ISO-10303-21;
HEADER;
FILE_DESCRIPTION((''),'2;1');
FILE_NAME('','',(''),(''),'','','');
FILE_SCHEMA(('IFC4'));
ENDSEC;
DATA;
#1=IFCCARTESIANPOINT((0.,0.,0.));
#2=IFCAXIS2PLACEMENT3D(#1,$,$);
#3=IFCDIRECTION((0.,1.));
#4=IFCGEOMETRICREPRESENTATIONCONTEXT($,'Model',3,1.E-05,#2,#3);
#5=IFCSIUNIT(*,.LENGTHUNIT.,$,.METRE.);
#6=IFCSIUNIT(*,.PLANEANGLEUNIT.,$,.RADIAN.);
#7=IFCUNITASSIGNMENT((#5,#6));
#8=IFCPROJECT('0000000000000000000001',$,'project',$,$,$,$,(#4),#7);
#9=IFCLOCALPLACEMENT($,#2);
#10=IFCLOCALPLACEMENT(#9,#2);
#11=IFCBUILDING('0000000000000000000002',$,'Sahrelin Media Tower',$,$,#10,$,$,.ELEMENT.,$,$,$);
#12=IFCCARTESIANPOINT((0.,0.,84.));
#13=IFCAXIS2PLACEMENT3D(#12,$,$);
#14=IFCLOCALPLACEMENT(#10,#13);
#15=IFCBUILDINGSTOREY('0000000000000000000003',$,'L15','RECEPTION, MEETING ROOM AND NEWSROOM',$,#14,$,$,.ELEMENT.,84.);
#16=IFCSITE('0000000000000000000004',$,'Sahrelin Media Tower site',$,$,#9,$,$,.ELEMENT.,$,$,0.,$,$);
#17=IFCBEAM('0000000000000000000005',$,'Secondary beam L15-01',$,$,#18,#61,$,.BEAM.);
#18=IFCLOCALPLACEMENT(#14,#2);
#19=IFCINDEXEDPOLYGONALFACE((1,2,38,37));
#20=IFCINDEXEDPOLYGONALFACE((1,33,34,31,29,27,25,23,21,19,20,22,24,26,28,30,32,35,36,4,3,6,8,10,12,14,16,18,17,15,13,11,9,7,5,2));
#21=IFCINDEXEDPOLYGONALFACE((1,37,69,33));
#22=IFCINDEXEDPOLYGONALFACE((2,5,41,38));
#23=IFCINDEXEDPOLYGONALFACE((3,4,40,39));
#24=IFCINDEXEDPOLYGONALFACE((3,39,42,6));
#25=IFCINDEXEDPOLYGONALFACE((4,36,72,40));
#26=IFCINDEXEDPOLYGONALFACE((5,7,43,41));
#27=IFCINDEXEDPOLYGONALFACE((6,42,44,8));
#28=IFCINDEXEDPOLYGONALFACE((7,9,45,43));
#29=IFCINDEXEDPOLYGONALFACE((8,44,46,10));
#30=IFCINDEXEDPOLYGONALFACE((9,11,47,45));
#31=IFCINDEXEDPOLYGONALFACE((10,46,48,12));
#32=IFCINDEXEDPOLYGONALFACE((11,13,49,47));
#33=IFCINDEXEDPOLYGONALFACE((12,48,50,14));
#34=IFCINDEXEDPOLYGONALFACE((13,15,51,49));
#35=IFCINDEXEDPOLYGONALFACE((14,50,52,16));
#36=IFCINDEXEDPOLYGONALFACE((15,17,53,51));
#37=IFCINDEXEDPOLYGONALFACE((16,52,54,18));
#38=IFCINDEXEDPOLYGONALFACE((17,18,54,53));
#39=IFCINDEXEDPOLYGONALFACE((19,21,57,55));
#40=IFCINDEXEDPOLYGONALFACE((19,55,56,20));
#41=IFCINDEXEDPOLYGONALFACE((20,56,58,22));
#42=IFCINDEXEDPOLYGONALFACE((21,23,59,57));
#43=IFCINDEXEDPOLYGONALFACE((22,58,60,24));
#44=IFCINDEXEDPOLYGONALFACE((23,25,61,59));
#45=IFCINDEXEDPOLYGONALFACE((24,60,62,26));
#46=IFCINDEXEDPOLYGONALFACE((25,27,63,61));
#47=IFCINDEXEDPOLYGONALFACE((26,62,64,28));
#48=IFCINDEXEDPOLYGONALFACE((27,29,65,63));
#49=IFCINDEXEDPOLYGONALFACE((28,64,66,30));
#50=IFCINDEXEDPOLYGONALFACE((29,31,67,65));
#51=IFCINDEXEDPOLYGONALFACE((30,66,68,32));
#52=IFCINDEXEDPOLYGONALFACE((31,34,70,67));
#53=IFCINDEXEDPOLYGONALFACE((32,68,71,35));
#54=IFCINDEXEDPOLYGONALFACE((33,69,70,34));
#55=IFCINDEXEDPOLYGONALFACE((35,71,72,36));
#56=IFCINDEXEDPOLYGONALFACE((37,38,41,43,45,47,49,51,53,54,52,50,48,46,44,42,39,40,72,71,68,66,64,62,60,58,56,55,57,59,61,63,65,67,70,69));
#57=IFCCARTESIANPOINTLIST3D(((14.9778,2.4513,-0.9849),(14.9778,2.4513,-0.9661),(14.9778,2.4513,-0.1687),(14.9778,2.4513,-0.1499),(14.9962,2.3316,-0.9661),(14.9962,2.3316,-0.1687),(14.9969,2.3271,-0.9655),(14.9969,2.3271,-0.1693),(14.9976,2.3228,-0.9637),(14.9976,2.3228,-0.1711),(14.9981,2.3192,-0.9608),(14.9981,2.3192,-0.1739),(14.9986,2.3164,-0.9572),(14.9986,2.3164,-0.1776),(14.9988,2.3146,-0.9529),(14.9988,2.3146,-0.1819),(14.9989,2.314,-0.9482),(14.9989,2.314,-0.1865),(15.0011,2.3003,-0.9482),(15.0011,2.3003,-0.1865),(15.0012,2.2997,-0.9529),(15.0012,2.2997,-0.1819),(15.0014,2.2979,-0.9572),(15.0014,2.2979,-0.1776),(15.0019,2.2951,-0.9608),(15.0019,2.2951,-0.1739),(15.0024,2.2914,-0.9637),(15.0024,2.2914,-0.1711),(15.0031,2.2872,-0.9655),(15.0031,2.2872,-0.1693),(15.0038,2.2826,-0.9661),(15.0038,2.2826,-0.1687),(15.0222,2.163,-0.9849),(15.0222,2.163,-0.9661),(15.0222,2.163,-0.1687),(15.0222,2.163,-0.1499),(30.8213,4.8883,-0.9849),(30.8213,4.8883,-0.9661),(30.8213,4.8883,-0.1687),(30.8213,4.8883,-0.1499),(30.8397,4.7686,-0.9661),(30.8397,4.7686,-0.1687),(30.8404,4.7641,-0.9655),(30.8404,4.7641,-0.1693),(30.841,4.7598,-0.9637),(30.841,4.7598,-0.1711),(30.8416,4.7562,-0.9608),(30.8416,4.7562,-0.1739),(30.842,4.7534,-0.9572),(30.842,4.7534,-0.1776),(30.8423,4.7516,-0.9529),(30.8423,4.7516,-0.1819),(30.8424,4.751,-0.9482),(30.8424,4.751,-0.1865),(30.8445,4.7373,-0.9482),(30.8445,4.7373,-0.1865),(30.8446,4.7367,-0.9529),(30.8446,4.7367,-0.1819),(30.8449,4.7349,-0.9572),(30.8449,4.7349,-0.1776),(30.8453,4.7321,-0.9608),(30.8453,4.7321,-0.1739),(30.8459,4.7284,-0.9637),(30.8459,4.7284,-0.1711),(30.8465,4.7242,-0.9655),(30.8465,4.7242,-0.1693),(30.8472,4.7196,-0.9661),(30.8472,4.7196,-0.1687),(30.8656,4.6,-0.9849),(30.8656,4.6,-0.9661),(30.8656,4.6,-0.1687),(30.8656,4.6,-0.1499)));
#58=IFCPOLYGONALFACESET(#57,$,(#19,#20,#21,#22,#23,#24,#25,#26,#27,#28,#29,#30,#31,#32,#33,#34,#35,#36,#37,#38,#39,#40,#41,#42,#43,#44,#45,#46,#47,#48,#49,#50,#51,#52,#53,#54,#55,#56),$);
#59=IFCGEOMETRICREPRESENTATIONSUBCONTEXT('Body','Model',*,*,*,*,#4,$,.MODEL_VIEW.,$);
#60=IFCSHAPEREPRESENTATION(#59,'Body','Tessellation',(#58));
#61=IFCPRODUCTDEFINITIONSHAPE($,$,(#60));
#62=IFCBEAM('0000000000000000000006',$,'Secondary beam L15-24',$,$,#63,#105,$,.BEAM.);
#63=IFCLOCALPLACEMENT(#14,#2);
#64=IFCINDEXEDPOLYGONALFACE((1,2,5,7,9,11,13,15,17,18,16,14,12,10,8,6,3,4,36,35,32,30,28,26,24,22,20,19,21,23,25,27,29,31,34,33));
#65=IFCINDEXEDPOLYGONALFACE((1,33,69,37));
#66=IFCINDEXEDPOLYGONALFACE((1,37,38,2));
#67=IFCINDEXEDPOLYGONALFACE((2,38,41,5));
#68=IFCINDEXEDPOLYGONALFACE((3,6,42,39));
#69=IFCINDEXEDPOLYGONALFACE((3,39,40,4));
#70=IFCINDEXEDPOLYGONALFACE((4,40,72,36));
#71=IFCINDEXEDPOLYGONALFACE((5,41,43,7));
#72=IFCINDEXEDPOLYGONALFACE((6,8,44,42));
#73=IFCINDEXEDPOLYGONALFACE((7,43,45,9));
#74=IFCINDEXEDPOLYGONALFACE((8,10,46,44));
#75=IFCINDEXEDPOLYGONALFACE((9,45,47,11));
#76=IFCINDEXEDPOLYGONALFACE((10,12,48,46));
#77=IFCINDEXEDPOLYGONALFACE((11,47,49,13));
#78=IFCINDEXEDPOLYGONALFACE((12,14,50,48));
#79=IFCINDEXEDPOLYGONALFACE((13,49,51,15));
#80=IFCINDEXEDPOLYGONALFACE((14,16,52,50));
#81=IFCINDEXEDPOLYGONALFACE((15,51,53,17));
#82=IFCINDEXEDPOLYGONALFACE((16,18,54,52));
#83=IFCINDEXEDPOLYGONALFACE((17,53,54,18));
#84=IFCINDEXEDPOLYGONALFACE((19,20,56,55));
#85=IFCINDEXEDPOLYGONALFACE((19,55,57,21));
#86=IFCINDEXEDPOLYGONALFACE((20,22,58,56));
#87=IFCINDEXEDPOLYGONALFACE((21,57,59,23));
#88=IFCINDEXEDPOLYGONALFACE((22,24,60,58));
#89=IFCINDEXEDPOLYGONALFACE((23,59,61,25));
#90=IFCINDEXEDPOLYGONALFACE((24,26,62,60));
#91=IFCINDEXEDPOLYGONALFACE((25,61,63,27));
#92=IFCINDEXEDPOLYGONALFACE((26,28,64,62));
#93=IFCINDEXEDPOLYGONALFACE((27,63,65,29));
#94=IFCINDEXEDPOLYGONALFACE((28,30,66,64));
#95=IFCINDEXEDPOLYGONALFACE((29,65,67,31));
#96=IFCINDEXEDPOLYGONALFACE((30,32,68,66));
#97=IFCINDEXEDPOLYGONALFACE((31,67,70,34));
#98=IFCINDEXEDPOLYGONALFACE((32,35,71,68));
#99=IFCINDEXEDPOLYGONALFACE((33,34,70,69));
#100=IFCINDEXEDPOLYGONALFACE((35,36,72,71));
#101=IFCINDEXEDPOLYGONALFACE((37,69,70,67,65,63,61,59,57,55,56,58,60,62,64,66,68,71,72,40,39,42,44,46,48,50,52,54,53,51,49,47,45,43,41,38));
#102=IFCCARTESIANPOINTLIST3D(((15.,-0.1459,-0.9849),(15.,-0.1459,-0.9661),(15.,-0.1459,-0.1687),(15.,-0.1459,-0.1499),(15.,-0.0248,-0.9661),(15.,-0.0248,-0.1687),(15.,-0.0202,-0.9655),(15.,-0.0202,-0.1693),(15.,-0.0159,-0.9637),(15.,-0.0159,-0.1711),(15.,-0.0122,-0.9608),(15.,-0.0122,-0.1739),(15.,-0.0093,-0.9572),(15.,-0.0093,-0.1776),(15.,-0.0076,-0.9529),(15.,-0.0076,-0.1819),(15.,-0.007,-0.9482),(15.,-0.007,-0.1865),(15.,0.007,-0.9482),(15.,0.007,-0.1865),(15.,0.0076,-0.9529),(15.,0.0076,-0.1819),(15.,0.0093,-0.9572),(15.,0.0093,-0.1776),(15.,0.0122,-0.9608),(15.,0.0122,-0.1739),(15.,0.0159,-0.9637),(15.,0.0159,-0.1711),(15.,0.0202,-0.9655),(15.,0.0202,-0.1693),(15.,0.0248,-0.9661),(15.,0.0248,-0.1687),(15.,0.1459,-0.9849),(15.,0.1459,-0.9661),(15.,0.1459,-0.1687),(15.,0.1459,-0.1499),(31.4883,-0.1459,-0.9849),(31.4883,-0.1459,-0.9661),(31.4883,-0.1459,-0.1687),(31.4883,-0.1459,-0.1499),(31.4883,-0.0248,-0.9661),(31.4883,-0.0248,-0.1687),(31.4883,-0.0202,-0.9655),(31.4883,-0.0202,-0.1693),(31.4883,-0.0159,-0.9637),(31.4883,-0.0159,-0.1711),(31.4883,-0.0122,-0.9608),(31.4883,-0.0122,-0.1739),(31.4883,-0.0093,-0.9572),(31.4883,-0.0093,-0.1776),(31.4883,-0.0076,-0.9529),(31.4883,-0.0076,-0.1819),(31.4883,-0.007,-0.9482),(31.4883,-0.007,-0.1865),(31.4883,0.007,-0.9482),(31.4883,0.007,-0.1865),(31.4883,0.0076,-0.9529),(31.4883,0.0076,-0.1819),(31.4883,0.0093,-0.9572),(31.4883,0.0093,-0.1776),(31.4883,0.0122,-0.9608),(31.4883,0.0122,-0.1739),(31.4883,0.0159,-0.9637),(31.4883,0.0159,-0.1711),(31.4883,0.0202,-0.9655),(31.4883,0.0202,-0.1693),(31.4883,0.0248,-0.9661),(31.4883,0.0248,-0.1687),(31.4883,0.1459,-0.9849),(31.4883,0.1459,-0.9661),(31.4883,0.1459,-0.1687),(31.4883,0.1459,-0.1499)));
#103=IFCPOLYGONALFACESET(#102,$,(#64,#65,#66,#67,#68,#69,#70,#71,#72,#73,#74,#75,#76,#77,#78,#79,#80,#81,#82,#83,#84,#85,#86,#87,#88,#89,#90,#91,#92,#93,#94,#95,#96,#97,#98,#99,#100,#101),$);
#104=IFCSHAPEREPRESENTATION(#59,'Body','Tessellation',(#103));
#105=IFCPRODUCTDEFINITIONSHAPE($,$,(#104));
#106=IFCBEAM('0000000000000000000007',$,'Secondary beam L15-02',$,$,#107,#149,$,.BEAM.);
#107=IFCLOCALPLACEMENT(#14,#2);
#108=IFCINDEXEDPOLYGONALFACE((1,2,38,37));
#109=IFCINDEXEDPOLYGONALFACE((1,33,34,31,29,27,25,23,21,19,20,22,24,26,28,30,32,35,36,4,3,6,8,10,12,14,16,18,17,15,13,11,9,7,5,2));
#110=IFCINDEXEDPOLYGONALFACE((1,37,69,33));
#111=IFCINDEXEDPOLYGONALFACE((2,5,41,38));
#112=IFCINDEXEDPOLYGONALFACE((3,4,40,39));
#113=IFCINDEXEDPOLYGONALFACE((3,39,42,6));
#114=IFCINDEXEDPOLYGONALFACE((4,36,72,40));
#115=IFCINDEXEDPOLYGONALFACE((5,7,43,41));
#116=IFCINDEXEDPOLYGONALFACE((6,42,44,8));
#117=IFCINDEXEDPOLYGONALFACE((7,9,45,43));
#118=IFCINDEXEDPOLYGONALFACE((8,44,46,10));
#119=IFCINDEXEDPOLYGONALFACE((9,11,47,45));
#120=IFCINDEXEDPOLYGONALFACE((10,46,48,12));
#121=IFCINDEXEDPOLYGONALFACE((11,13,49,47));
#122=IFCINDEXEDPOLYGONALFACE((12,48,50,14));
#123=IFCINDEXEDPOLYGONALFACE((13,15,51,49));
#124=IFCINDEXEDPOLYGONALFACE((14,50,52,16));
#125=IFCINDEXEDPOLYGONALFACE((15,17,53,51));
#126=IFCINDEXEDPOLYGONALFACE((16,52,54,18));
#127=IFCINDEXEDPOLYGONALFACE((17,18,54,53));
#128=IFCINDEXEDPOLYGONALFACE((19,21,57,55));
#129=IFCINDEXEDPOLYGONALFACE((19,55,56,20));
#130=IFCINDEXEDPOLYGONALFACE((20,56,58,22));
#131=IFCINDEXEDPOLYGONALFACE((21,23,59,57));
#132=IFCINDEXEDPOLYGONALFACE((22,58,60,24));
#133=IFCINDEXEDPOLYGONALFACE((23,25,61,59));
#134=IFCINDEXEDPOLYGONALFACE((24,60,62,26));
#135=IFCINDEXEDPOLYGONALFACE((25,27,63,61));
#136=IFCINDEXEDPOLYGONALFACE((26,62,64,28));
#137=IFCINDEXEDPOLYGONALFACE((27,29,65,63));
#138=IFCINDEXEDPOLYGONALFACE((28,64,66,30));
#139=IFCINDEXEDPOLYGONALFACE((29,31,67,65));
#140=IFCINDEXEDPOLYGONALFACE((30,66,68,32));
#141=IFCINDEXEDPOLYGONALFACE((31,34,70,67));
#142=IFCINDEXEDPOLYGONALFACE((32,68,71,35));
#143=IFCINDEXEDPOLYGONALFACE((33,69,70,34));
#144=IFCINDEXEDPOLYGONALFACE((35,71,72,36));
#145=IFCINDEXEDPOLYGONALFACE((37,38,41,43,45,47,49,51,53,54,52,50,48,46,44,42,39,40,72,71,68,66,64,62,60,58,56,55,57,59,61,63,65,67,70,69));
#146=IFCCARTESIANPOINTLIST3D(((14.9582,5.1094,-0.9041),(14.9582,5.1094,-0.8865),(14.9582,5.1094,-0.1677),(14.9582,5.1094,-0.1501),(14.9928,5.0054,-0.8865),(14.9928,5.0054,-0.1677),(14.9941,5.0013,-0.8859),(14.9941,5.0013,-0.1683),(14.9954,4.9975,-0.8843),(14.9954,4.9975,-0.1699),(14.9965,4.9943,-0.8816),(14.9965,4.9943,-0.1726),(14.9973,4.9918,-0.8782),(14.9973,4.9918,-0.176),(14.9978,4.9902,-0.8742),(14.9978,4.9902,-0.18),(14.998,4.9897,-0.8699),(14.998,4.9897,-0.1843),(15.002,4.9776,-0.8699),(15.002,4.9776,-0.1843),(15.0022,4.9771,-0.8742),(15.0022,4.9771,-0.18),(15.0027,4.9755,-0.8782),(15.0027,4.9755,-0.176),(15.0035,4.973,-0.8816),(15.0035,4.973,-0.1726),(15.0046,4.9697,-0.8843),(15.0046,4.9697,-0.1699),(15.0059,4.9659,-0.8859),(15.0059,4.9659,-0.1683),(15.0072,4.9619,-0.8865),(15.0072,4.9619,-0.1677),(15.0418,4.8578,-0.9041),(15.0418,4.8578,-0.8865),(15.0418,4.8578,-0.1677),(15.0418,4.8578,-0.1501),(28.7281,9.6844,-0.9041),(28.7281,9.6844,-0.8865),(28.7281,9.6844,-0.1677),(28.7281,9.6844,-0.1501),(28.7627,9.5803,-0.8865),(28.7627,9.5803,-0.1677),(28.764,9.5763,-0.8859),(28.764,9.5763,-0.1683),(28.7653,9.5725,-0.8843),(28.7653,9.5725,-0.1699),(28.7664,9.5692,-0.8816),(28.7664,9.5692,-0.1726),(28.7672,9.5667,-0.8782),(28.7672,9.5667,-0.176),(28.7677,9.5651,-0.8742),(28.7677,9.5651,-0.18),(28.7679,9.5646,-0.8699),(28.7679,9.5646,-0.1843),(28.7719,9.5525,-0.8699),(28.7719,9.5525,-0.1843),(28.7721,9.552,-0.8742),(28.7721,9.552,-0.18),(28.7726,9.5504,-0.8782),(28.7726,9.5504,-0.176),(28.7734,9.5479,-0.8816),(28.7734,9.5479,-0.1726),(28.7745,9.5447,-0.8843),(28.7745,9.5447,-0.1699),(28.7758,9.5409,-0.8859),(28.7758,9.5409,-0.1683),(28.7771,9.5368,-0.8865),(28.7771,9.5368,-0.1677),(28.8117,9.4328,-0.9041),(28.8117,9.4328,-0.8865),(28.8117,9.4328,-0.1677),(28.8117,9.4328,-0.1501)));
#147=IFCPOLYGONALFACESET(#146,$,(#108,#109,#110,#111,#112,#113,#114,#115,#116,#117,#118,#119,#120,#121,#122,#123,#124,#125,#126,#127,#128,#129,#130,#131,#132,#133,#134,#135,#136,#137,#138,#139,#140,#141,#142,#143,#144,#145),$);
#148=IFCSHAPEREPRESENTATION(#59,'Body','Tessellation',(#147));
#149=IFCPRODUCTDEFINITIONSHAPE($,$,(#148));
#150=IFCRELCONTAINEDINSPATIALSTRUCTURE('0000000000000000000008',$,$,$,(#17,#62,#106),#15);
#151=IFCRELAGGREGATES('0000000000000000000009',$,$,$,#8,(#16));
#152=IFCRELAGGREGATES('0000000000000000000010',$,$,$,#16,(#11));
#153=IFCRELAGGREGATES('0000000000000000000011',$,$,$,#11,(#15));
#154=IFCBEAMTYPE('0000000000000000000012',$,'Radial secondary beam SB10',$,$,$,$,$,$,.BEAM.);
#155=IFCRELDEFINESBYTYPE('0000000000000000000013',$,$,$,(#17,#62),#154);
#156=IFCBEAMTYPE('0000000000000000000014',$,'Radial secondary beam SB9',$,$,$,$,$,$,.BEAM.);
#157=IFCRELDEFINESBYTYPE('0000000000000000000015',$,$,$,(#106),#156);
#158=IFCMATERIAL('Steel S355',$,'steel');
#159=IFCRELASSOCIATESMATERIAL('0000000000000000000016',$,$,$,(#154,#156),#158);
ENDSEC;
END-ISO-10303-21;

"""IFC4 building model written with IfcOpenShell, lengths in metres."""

from ifc_helpers import new_model, si_unit, direction, frame, origin, origin_2d, place, context, subcontext, project, spatial, i_section, extrude, material, material_profile, profile_set, type_object, element, save


model = new_model("IFC4")

# Units and contexts
model_context = context("Model", 3, precision=1e-05, world=origin(), true_north=direction((0.0, 1.0)))
body_context = subcontext(model_context, "Body", "Model", "MODEL_VIEW")
ifc_project = project(units=[si_unit("LENGTHUNIT", "METRE"), si_unit("PLANEANGLEUNIT", "RADIAN")], contexts=[model_context])

# Site, building, storey
site_placement = place(None, origin())
site = spatial("IfcSite", under=ifc_project, at=site_placement, Name="Sahrelin Media Tower site", CompositionType="ELEMENT", RefElevation=0.0)
building_placement = place(site_placement, origin())
building = spatial("IfcBuilding", under=site, at=building_placement, Name="Sahrelin Media Tower", CompositionType="ELEMENT")
storey_placement = place(building_placement, frame((0.0, 0.0, 84.0)))
storey = spatial("IfcBuildingStorey", under=building, at=storey_placement, Name="L15", Description="RECEPTION, MEETING ROOM AND NEWSROOM", CompositionType="ELEMENT", Elevation=84.0)

# Beams
ifc_material_1 = material(Name="Steel S355", Category="steel")
ifc_material_profile_1 = material_profile(ifc_material_1, i_section(OverallWidth=0.2917, OverallDepth=0.835, WebThickness=0.0139, FlangeThickness=0.0188, FilletRadius=0.0178, at=origin_2d()), Name="UB 838x292x176")
ifc_profile_set_1 = profile_set([ifc_material_profile_1], Name="Steel S355")
beam_type_1 = type_object("IfcBeamType", Name="Radial secondary beam SB10", PredefinedType="BEAM", material=ifc_profile_set_1)
beam_1_placement = place(storey_placement, frame((15.0, 2.3071, -0.5674), z_axis=(0.988376, 0.15203, 0.0), x_axis=(-0.15203, 0.988376, 0.0)))
element("IfcBeam", 1, at=beam_1_placement, inside=storey, type_object=beam_type_1, Name="Secondary beam L15-01", PredefinedType="BEAM", context=body_context, shape_type="SweptSolid", body=[
    extrude(i_section(OverallWidth=0.2917, OverallDepth=0.835, WebThickness=0.0139, FlangeThickness=0.0188, FilletRadius=0.0178, at=origin_2d()), origin(), (0.0, 0.0, 1.0), 16.0298),
])
beam_2_placement = place(storey_placement, frame((15.0, 0.0, -0.5674), z_axis=(1.0, 0.0, 0.0), x_axis=(0.0, 1.0, 0.0)))
element("IfcBeam", 2, at=beam_2_placement, inside=storey, type_object=beam_type_1, Name="Secondary beam L15-24", PredefinedType="BEAM", context=body_context, shape_type="SweptSolid", body=[
    extrude(i_section(OverallWidth=0.2917, OverallDepth=0.835, WebThickness=0.0139, FlangeThickness=0.0188, FilletRadius=0.0178, at=origin_2d()), origin(), (0.0, 0.0, 1.0), 16.4883),
])
ifc_material_profile_2 = material_profile(ifc_material_1, i_section(OverallWidth=0.2651, OverallDepth=0.7539, WebThickness=0.0127, FlangeThickness=0.0176, FilletRadius=0.0166, at=origin_2d()), Name="UB 762x267x147")
ifc_profile_set_2 = profile_set([ifc_material_profile_2], Name="Steel S355")
beam_type_2 = type_object("IfcBeamType", Name="Radial secondary beam SB9", PredefinedType="BEAM", material=ifc_profile_set_2)
beam_3_placement = place(storey_placement, frame((15.0, 4.9836, -0.5271), z_axis=(0.948994, 0.315294, 0.0), x_axis=(-0.315294, 0.948994, 0.0)))
element("IfcBeam", 3, at=beam_3_placement, inside=storey, type_object=beam_type_2, Name="Secondary beam L15-02", PredefinedType="BEAM", context=body_context, shape_type="SweptSolid", body=[
    extrude(i_section(OverallWidth=0.2651, OverallDepth=0.7539, WebThickness=0.0127, FlangeThickness=0.0176, FilletRadius=0.0166, at=origin_2d()), origin(), (0.0, 0.0, 1.0), 14.51),
])

save(model, "model.ifc")
